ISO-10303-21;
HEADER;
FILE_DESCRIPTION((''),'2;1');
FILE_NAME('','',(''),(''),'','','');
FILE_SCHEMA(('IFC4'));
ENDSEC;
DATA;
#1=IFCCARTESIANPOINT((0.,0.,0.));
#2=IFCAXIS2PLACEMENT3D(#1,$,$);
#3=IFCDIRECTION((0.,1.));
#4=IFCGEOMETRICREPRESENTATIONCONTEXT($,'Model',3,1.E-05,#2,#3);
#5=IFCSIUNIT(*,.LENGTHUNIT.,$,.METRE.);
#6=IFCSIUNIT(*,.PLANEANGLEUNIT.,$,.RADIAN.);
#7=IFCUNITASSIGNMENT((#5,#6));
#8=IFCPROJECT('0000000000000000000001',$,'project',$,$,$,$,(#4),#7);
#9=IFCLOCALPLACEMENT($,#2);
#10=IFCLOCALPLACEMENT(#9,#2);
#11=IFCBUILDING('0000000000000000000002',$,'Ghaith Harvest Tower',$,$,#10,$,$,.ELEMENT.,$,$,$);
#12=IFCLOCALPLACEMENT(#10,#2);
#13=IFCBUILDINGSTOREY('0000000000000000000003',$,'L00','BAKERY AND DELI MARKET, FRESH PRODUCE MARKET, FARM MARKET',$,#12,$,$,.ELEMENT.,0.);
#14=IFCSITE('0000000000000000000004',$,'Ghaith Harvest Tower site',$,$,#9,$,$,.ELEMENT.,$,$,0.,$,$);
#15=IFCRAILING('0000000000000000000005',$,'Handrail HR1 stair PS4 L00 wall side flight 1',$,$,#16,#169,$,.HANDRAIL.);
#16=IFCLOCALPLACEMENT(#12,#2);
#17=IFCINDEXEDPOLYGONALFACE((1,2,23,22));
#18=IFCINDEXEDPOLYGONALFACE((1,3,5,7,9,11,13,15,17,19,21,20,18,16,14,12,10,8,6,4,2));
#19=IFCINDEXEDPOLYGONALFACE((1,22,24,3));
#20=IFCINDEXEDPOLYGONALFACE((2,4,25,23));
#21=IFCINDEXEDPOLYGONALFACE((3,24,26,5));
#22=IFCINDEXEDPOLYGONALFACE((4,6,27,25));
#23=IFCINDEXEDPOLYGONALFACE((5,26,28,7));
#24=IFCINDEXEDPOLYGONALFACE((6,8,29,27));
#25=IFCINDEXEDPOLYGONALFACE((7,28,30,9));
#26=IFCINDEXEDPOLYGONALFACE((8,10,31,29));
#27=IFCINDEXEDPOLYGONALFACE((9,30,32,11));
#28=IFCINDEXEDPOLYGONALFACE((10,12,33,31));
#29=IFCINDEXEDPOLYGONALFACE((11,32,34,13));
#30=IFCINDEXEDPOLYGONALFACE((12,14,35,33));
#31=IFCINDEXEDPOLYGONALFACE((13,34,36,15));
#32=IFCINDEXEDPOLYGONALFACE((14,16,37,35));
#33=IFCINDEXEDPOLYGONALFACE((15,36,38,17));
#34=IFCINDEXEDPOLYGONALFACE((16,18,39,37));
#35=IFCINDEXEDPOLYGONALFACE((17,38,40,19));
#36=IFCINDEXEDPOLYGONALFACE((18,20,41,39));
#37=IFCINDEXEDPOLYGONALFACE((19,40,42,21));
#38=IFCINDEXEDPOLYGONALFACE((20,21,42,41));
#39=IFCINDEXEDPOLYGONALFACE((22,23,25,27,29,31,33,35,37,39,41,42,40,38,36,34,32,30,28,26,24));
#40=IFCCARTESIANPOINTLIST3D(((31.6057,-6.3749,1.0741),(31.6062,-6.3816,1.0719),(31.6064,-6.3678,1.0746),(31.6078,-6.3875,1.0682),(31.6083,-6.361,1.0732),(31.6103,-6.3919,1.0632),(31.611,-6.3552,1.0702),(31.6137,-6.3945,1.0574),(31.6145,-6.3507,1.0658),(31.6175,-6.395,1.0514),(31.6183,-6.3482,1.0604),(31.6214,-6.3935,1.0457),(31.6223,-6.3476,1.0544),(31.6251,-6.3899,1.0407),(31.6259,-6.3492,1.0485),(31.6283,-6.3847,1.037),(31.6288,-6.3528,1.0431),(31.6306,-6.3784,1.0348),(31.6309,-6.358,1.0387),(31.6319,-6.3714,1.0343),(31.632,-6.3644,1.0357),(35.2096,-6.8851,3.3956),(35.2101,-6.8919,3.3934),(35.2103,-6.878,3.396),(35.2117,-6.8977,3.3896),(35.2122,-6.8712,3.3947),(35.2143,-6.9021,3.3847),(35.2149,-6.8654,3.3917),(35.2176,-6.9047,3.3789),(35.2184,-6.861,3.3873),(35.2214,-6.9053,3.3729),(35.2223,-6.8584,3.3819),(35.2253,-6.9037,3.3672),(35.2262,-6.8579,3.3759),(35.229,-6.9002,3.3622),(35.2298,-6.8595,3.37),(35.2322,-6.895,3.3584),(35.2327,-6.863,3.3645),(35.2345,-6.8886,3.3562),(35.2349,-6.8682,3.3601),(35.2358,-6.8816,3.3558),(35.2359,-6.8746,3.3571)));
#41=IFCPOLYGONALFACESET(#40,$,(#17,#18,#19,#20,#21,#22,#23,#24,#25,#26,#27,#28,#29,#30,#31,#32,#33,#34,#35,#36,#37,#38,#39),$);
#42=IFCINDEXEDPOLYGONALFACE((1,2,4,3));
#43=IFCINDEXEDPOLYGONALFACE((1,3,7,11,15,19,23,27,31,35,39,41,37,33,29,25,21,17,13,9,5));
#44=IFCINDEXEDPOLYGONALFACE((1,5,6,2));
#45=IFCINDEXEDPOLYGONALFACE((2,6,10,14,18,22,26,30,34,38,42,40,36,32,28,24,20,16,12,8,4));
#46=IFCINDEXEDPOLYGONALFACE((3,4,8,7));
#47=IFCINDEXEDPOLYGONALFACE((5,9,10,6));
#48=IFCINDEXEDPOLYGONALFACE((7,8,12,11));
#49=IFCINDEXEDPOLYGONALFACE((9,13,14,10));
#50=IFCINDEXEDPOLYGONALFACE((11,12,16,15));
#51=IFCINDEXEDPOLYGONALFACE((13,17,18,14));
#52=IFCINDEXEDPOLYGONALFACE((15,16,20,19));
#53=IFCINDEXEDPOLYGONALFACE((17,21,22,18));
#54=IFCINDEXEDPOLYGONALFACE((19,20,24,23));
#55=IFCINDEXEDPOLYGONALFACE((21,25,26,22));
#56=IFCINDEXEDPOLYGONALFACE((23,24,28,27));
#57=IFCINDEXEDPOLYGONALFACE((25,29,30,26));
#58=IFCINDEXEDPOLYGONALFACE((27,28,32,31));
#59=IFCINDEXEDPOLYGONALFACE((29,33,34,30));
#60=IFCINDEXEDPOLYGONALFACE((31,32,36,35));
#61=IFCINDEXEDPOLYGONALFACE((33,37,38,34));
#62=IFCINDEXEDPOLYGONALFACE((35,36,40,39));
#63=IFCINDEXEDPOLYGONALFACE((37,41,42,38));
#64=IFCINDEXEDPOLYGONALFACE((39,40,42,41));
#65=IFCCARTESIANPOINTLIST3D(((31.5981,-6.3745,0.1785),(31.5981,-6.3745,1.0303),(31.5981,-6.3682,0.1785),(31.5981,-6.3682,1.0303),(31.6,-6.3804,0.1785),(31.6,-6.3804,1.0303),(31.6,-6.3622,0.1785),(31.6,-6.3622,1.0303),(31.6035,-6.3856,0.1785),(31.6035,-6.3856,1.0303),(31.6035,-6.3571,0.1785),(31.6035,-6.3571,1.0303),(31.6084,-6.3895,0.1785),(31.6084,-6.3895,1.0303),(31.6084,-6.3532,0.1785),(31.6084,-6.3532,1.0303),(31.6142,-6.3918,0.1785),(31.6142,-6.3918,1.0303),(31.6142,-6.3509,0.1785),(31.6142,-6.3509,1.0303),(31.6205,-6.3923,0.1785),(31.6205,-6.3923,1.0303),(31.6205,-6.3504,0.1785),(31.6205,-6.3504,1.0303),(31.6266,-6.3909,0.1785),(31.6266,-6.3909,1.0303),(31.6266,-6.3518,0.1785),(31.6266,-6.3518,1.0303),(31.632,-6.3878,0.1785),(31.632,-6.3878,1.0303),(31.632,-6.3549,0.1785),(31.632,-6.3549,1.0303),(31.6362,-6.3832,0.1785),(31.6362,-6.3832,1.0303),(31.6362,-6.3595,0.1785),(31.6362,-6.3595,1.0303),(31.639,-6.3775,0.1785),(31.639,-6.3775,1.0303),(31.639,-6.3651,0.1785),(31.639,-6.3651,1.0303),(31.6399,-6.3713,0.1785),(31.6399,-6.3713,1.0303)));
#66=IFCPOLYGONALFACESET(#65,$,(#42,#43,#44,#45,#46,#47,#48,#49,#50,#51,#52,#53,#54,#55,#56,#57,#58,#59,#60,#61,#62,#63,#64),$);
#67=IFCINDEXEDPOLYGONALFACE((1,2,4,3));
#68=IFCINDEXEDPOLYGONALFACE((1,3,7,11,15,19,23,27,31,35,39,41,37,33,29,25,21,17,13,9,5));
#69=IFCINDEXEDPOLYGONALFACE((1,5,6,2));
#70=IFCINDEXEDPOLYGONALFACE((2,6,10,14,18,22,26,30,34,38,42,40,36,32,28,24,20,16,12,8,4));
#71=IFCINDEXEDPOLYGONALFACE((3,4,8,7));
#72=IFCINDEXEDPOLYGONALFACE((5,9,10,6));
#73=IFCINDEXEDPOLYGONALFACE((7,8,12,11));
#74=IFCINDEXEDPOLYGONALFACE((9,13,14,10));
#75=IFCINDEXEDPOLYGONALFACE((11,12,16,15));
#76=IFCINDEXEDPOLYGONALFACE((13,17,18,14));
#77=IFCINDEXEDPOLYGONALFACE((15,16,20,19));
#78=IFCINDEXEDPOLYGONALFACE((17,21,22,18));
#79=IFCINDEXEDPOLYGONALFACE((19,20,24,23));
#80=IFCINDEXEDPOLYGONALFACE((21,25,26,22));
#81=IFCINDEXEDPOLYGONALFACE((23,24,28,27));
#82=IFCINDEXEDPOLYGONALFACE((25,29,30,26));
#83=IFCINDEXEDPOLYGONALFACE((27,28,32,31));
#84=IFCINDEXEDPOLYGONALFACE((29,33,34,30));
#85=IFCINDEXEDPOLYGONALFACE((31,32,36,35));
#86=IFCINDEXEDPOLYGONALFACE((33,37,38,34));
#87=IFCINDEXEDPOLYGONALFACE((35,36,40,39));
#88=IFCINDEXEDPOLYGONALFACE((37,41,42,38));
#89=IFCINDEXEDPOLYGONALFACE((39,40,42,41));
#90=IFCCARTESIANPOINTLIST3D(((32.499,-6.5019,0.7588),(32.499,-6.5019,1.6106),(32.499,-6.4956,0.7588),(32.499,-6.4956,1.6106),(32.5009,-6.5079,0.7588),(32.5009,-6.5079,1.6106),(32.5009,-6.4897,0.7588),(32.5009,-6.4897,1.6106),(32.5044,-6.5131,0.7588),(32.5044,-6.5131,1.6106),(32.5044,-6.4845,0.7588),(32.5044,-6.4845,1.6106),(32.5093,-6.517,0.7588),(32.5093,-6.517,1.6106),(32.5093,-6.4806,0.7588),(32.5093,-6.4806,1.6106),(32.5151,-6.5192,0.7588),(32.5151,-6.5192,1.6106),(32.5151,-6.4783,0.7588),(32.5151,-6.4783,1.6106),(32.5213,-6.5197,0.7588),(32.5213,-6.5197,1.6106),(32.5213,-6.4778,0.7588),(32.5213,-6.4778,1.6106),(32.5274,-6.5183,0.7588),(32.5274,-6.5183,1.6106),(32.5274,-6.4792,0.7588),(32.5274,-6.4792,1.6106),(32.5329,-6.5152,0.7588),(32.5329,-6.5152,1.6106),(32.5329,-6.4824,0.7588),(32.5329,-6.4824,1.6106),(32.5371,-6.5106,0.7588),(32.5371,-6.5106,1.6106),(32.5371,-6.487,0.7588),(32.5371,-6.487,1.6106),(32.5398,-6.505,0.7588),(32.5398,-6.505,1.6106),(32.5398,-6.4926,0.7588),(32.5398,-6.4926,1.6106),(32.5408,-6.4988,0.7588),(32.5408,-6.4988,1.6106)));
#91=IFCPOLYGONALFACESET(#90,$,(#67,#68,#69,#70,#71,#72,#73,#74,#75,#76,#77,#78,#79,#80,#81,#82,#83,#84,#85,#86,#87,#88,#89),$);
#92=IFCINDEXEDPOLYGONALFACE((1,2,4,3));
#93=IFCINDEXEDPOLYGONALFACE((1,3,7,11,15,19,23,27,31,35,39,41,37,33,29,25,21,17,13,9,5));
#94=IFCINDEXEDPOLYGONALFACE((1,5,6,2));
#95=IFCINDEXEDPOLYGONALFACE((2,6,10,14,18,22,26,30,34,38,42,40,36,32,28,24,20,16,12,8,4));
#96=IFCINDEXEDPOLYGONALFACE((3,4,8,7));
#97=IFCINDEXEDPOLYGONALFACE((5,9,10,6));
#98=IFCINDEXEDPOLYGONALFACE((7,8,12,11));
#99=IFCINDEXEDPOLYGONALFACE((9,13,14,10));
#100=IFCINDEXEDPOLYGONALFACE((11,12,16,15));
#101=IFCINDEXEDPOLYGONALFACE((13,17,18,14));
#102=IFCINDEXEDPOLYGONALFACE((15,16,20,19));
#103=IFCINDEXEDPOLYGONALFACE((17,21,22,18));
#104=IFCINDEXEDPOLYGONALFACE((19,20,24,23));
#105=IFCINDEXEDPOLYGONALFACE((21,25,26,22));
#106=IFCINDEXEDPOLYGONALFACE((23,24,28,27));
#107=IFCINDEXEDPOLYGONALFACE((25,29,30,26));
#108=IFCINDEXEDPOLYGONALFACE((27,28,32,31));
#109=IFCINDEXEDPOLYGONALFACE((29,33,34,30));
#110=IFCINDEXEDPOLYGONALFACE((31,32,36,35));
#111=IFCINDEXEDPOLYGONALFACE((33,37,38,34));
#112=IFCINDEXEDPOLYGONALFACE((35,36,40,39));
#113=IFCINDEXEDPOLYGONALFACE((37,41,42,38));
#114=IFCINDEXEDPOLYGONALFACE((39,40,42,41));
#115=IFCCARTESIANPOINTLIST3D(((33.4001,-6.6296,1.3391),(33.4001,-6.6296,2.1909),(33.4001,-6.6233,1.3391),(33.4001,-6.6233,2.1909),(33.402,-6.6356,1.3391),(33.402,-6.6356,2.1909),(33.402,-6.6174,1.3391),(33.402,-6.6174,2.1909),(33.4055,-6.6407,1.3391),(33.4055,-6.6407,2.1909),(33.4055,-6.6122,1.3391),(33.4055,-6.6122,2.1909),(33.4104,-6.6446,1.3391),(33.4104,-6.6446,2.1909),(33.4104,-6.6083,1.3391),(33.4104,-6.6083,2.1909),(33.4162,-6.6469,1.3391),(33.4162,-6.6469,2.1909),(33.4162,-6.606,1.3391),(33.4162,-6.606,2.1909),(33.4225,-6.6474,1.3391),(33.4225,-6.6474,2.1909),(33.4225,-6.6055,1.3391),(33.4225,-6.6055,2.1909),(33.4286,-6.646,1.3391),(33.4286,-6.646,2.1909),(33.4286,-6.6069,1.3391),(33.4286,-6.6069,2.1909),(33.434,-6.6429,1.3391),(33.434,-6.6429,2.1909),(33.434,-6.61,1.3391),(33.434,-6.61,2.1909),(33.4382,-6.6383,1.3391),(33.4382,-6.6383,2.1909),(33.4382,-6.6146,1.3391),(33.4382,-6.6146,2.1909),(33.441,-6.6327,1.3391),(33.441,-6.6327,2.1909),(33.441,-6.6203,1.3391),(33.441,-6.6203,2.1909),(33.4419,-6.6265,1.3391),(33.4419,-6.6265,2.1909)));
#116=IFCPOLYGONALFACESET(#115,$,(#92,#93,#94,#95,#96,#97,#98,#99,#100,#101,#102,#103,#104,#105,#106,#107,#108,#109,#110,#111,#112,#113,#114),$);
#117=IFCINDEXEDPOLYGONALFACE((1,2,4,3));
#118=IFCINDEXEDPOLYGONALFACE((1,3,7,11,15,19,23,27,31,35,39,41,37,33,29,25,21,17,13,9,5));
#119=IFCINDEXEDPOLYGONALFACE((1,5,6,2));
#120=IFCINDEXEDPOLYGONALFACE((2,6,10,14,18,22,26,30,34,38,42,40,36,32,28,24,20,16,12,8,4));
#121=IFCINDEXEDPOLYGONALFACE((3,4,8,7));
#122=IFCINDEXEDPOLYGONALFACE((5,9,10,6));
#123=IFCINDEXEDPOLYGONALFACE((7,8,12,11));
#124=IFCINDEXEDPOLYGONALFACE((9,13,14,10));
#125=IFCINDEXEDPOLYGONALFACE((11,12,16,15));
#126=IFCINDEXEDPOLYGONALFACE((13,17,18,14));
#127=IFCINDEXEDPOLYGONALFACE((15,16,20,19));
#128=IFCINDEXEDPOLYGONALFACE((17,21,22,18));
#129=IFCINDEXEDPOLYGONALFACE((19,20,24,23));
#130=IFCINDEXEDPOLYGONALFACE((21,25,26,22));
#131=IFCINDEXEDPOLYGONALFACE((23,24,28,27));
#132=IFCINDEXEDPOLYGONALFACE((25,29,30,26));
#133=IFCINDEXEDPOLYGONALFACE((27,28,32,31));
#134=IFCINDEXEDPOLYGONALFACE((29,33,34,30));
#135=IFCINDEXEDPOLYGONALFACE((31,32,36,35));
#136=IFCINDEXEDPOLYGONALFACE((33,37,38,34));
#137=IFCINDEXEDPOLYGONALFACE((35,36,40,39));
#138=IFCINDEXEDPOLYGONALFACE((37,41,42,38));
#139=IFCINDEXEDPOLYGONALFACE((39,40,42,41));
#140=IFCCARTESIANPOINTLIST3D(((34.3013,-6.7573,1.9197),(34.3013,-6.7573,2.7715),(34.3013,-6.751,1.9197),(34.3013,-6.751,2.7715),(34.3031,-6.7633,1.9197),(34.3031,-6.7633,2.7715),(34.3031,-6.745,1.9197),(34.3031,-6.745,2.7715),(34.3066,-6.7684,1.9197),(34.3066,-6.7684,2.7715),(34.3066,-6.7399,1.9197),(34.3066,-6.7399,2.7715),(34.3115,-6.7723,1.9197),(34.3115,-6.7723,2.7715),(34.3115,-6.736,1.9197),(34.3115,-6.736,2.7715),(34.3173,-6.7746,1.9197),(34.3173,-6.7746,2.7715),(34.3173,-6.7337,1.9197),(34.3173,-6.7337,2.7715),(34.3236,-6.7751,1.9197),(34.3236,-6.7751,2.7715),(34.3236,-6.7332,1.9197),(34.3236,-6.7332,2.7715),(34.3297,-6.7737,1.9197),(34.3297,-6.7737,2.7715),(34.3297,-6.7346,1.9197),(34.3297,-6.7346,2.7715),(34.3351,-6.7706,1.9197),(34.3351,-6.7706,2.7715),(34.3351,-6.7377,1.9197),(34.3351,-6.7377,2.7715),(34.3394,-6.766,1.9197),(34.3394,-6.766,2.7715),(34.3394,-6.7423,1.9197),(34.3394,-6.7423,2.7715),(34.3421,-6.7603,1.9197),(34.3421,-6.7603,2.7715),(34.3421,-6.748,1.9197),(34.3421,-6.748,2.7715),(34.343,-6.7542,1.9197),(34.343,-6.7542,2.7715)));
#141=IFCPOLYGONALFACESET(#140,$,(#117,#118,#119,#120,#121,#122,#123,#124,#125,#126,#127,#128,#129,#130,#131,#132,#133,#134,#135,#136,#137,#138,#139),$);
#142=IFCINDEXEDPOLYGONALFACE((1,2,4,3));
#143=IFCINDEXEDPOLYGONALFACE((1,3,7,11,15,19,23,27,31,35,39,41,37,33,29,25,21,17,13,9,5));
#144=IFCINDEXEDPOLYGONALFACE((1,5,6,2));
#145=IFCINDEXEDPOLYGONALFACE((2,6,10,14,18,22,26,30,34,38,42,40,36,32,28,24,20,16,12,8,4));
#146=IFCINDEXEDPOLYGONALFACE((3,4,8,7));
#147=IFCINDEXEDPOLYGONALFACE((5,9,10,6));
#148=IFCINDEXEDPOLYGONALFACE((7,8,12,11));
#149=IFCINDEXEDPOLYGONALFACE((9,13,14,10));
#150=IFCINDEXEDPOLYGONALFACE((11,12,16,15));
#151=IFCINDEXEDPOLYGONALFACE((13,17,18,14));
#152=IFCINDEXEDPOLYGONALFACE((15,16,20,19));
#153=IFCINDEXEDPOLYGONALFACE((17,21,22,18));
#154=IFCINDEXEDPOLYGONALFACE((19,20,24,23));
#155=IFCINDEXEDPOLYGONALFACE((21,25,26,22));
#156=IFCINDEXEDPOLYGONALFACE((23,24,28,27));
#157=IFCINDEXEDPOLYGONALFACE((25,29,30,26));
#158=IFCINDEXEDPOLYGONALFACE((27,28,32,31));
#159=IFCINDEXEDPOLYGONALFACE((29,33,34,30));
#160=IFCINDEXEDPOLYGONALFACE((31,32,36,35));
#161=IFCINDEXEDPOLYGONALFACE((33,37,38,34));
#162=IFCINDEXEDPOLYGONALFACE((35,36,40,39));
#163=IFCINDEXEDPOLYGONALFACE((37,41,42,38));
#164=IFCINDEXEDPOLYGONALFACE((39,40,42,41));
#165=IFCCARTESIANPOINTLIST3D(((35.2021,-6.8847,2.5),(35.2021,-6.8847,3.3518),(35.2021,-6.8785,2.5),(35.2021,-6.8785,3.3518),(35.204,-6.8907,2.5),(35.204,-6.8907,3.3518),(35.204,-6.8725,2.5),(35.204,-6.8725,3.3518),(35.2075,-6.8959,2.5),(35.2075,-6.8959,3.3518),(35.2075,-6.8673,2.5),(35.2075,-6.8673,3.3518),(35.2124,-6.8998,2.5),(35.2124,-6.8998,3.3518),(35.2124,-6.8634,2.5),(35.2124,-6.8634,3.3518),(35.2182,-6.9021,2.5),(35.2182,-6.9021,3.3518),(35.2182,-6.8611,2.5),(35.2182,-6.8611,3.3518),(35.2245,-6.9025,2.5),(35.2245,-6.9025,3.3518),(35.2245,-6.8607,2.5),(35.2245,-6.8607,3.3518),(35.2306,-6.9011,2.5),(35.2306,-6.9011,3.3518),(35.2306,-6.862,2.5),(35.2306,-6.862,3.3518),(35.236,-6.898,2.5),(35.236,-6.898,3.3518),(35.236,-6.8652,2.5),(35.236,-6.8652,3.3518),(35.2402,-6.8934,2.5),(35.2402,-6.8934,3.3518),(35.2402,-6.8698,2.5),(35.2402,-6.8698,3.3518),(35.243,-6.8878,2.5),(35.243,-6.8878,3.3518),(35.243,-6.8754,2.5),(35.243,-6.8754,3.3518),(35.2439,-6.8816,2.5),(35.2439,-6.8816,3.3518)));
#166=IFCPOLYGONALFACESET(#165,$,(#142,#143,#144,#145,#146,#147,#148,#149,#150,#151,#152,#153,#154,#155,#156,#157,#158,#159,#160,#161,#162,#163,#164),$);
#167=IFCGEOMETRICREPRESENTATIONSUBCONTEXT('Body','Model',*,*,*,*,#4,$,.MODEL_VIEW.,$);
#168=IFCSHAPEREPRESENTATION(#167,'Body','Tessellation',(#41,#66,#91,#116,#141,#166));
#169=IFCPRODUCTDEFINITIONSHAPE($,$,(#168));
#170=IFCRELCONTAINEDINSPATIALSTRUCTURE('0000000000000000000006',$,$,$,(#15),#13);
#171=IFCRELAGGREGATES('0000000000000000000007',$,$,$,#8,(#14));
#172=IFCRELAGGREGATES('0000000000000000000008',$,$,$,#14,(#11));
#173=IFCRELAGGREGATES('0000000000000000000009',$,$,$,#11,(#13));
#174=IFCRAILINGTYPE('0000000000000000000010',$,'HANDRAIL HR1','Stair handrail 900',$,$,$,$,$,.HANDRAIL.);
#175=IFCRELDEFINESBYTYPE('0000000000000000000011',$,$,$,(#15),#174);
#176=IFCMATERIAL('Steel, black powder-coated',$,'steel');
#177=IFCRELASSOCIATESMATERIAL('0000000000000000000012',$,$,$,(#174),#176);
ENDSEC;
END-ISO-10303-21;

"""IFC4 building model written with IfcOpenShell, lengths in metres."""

from ifc_helpers import new_model, si_unit, direction, frame, origin, origin_2d, place, context, subcontext, project, spatial, circle, extrude, material, type_object, element, save


model = new_model("IFC4")

# Units and contexts
model_context = context("Model", 3, precision=1e-05, world=origin(), true_north=direction((0.0, 1.0)))
body_context = subcontext(model_context, "Body", "Model", "MODEL_VIEW")
ifc_project = project(units=[si_unit("LENGTHUNIT", "METRE"), si_unit("PLANEANGLEUNIT", "RADIAN")], contexts=[model_context])

# Site, building, storey
site_placement = place(None, origin())
site = spatial("IfcSite", under=ifc_project, at=site_placement, Name="Ghaith Harvest Tower site", CompositionType="ELEMENT", RefElevation=0.0)
building_placement = place(site_placement, origin())
building = spatial("IfcBuilding", under=site, at=building_placement, Name="Ghaith Harvest Tower", CompositionType="ELEMENT")
storey_placement = place(building_placement, origin())
storey = spatial("IfcBuildingStorey", under=building, at=storey_placement, Name="L00", Description="BAKERY AND DELI MARKET, FRESH PRODUCE MARKET, FARM MARKET", CompositionType="ELEMENT", Elevation=0.0)

# Railing
ifc_material_1 = material(Name="Steel, black powder-coated", Category="steel")
railing_type = type_object("IfcRailingType", Name="HANDRAIL HR1", Description="Stair handrail 900", PredefinedType="HANDRAIL", material=ifc_material_1)
railing_1_placement = place(storey_placement, frame((31.6189, -6.3713, 0.1785)))
element("IfcRailing", 1, at=railing_1_placement, inside=storey, type_object=railing_type, Name="Handrail HR1 stair PS4 L00 wall side flight 1", PredefinedType="HANDRAIL", context=body_context, shape_type="SweptSolid", body=[
    extrude(circle(Radius=0.0239, at=origin_2d()), frame((0.0, 0.0, 0.876), z_axis=(0.83479, -0.118189, 0.537733), x_axis=(0.140182, 0.990126, 0.0)), (0.0, 0.0, 1.0), 4.3171),
    extrude(circle(Radius=0.021, at=origin_2d()), origin(), (0.0, 0.0, 1.0), 0.8518),
    extrude(circle(Radius=0.021, at=origin_2d()), frame((0.9009, -0.1274, 0.5803)), (0.0, 0.0, 1.0), 0.8518),
    extrude(circle(Radius=0.021, at=origin_2d()), frame((1.802, -0.2551, 1.1606)), (0.0, 0.0, 1.0), 0.8518),
    extrude(circle(Radius=0.021, at=origin_2d()), frame((2.7031, -0.3828, 1.7412)), (0.0, 0.0, 1.0), 0.8518),
    extrude(circle(Radius=0.021, at=origin_2d()), frame((3.604, -0.5103, 2.3215)), (0.0, 0.0, 1.0), 0.8518),
])

save(model, "model.ifc")
